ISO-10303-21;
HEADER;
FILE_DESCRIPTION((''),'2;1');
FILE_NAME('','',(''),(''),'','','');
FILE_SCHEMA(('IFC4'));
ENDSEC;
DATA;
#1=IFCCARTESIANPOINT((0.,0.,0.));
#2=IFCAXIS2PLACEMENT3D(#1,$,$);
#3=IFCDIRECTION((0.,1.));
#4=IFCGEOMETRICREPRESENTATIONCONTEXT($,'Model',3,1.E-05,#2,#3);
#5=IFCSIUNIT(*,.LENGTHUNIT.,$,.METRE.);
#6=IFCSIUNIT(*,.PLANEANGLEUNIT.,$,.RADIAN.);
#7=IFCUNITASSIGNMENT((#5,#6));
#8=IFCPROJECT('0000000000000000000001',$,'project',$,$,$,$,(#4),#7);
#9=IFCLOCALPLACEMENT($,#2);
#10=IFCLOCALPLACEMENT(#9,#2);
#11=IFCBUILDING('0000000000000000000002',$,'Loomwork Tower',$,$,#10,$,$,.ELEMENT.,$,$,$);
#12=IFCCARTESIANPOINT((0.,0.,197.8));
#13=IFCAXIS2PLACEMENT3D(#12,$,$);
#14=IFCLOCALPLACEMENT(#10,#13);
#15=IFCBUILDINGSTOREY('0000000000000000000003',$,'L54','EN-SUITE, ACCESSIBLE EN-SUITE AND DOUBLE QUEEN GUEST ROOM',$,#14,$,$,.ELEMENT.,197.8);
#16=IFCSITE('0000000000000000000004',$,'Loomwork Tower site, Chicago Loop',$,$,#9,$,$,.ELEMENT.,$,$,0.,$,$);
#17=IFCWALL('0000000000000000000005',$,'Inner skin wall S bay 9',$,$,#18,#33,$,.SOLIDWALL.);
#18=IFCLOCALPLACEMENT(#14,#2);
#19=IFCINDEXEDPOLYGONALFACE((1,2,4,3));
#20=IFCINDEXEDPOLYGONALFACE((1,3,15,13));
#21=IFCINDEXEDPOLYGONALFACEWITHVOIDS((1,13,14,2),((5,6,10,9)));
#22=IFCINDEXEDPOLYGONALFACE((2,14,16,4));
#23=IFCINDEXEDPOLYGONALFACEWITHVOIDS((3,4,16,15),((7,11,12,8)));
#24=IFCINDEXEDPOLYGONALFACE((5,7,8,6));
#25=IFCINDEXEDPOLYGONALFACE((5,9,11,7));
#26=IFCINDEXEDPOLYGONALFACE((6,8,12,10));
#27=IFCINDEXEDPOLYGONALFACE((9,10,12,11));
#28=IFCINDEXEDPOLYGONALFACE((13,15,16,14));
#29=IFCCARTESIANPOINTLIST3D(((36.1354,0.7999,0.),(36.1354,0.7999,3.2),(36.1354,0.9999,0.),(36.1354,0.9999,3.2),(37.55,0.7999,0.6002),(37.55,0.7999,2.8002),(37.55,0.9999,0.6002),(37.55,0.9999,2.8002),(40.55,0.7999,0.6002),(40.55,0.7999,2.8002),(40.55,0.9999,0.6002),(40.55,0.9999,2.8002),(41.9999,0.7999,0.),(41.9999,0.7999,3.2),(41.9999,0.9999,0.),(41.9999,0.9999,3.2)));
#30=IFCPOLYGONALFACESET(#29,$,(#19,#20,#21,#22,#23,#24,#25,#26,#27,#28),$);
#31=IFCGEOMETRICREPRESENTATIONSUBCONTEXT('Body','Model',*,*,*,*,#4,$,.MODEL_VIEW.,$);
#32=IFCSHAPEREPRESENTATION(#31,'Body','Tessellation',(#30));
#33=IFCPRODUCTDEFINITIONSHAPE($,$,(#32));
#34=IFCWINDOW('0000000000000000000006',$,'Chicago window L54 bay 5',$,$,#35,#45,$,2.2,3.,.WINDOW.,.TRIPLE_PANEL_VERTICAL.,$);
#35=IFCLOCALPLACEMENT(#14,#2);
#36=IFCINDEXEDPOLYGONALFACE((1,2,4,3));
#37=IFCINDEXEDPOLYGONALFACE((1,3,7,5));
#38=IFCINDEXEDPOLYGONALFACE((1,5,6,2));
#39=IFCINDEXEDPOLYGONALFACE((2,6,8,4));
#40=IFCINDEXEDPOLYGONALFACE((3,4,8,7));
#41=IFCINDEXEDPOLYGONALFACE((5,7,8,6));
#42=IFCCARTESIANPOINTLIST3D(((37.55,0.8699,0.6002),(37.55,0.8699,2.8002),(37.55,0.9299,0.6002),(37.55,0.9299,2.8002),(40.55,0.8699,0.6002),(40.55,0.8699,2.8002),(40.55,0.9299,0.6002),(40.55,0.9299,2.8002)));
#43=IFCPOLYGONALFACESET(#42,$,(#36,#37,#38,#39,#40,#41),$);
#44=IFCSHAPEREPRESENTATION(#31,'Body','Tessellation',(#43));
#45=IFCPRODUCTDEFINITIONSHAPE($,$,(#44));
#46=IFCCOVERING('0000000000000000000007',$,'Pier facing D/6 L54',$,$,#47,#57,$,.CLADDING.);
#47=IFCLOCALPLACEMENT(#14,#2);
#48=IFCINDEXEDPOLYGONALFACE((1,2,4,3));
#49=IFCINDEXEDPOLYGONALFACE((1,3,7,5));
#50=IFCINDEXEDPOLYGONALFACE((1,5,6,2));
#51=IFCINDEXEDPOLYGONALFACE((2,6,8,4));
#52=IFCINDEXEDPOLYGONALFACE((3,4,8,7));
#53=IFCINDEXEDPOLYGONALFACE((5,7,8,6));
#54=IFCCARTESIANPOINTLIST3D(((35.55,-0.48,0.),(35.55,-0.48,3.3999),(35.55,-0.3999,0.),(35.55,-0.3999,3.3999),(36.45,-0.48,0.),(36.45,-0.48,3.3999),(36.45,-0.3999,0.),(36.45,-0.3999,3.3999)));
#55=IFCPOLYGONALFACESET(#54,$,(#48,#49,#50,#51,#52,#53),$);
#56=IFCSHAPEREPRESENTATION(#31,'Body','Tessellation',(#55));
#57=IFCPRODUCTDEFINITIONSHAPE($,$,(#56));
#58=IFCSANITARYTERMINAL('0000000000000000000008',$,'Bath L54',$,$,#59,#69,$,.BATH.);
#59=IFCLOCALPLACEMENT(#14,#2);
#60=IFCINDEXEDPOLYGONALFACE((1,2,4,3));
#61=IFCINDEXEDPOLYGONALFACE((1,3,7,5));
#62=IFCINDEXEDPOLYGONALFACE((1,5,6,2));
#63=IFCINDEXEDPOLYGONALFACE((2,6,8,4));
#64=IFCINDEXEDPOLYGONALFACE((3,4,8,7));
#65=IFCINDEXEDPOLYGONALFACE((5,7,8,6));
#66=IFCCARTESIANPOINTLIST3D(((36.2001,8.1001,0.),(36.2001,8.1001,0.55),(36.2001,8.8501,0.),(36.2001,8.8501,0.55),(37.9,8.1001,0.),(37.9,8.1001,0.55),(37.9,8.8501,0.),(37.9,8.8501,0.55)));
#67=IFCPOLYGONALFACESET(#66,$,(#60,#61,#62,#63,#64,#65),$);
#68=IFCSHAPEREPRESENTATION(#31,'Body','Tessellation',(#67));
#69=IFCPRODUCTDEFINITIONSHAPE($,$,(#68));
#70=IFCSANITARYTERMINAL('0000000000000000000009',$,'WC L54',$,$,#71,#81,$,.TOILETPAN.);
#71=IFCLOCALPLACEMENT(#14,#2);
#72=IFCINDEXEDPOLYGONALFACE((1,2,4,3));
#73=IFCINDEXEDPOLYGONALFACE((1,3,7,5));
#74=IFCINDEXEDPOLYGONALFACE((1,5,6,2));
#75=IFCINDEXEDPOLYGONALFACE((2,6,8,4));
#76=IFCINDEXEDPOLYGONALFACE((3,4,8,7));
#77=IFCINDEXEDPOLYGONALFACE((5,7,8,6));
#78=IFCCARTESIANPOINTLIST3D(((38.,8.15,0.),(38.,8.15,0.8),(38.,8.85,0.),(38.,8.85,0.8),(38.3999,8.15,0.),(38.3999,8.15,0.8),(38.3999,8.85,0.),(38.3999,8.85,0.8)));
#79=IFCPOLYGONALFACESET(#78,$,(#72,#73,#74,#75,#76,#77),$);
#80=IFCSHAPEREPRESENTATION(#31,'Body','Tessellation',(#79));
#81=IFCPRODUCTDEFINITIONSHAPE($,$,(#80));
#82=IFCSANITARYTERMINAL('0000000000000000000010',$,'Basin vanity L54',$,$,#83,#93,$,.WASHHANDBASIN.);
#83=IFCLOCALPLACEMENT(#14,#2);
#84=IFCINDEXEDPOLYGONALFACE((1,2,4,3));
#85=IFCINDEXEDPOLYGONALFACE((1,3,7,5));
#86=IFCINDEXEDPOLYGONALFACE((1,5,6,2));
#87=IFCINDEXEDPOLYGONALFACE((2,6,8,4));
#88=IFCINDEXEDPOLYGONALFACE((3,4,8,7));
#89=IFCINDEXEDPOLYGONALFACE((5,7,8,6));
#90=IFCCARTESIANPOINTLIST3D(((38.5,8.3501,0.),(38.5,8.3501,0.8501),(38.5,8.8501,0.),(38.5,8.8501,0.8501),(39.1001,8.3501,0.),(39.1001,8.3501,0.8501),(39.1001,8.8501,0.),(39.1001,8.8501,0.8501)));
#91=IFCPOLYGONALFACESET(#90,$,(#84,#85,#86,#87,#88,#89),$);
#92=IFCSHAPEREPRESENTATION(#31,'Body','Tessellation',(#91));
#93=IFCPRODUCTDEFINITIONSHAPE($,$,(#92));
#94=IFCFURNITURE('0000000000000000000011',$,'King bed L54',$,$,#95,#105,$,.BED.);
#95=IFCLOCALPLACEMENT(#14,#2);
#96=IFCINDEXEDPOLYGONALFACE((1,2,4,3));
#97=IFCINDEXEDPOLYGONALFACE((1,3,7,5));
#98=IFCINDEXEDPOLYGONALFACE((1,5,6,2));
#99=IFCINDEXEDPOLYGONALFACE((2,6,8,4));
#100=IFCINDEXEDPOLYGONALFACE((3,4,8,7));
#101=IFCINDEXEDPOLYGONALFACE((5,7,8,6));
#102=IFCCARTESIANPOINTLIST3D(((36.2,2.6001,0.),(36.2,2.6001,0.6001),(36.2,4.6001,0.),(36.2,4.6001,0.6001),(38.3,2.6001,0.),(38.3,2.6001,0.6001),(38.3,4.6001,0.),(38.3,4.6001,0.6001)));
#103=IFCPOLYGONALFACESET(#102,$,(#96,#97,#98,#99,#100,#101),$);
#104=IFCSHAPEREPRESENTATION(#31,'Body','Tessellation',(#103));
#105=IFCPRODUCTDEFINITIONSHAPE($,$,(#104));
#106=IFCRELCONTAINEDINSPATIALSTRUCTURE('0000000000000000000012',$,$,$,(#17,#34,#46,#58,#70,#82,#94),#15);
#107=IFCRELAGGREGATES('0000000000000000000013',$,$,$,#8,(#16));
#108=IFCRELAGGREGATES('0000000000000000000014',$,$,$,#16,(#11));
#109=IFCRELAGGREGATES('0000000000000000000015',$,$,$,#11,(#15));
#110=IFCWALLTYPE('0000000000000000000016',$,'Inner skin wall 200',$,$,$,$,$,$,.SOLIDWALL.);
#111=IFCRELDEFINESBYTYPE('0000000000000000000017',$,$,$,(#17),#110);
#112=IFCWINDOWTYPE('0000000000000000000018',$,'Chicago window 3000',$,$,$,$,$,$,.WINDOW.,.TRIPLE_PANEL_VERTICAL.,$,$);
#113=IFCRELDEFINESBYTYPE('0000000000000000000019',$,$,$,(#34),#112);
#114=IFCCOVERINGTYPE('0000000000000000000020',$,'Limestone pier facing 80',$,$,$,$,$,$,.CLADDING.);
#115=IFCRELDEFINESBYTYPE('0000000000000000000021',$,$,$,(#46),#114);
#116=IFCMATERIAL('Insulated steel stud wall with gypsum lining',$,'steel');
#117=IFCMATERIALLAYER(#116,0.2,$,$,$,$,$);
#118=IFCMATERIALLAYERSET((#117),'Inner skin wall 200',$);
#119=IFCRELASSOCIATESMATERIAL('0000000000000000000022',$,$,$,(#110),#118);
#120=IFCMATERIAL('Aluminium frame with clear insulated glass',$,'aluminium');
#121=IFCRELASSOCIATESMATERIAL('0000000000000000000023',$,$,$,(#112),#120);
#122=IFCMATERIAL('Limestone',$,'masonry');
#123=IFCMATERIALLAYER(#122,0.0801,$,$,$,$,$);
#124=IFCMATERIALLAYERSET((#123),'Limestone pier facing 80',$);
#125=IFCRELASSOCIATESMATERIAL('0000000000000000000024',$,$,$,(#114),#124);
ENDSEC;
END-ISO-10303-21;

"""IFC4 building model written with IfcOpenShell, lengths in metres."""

from ifc_helpers import new_model, si_unit, direction, frame, frame_2d, origin, origin_2d, place, context, subcontext, project, spatial, rectangle, extrude, material, layer, layer_set, type_object, element, fill, save


model = new_model("IFC4")

# Units and contexts
model_context = context("Model", 3, precision=1e-05, world=origin(), true_north=direction((0.0, 1.0)))
body_context = subcontext(model_context, "Body", "Model", "MODEL_VIEW")
ifc_project = project(units=[si_unit("LENGTHUNIT", "METRE"), si_unit("PLANEANGLEUNIT", "RADIAN")], contexts=[model_context])

# Site, building, storey
site_placement = place(None, origin())
site = spatial("IfcSite", under=ifc_project, at=site_placement, Name="Loomwork Tower site, Chicago Loop", CompositionType="ELEMENT", RefElevation=0.0)
building_placement = place(site_placement, origin())
building = spatial("IfcBuilding", under=site, at=building_placement, Name="Loomwork Tower", CompositionType="ELEMENT")
storey_placement = place(building_placement, frame((0.0, 0.0, 197.8)))
storey = spatial("IfcBuildingStorey", under=building, at=storey_placement, Name="L54", Description="EN-SUITE, ACCESSIBLE EN-SUITE AND DOUBLE QUEEN GUEST ROOM", CompositionType="ELEMENT", Elevation=197.8)

# Shared definitions
ifc_material_1 = material(Name="Insulated steel stud wall with gypsum lining", Category="steel")
ifc_layer_1 = layer(ifc_material_1, 0.2)
ifc_layer_set_1 = layer_set([ifc_layer_1], Name="Inner skin wall 200")
wall_type_1 = type_object("IfcWallType", Name="Inner skin wall 200", PredefinedType="SOLIDWALL", material=ifc_layer_set_1)

# Wall, opening, window
wall_1_placement = place(storey_placement, frame((36.1355, 0.8999, 0.0), z_axis=(0.0, 0.0, 1.0), x_axis=(1.0, 0.0, 0.0)))
wall_1 = element("IfcWall", 1, at=wall_1_placement, inside=storey, type_object=wall_type_1, Name="Inner skin wall S bay 9", PredefinedType="SOLIDWALL", context=body_context, shape_type="SweptSolid", body=[
    extrude(rectangle(XDim=5.8645, YDim=0.2, at=frame_2d((2.9321, 0.0))), origin(), (0.0, 0.0, 1.0), 3.2),
])
opening_1_placement = place(wall_1_placement, frame((1.4146, 0.0, 0.6001)))
opening_1 = element("IfcOpeningElement", 2, at=opening_1_placement, cuts=wall_1, PredefinedType="OPENING", context=body_context, shape_type="SweptSolid", body=[
    extrude(rectangle(XDim=3.0, YDim=2.2, at=frame_2d((1.5, 1.1001))), frame((0.0, 0.1099, 0.0), z_axis=(0.0, -1.0, 0.0), x_axis=(1.0, 0.0, 0.0)), (0.0, 0.0, 1.0), 0.22),
])
ifc_material_2 = material(Name="Aluminium frame with clear insulated glass", Category="aluminium")
window_type = type_object("IfcWindowType", Name="Chicago window 3000", PartitioningType="TRIPLE_PANEL_VERTICAL", PredefinedType="WINDOW", material=ifc_material_2)
window_placement = place(opening_1_placement, origin())
window = element("IfcWindow", 3, at=window_placement, inside=storey, type_object=window_type, Name="Chicago window L54 bay 5", OverallHeight=2.2, OverallWidth=3.0, PartitioningType="TRIPLE_PANEL_VERTICAL", PredefinedType="WINDOW", context=body_context, shape_type="SweptSolid", body=[
    extrude(rectangle(XDim=3.0, YDim=2.2, at=frame_2d((1.5, 1.1001))), frame((0.0, 0.03, 0.0), z_axis=(0.0, -1.0, 0.0), x_axis=(1.0, 0.0, 0.0)), (0.0, 0.0, 1.0), 0.0601),
])
fill(opening_1, window)

# Covering
ifc_material_3 = material(Name="Limestone", Category="masonry")
ifc_layer_2 = layer(ifc_material_3, 0.0801)
ifc_layer_set_2 = layer_set([ifc_layer_2], Name="Limestone pier facing 80")
covering_type = type_object("IfcCoveringType", Name="Limestone pier facing 80", PredefinedType="CLADDING", material=ifc_layer_set_2)
covering_placement = place(storey_placement, frame((36.0, -0.4399, 0.0), z_axis=(0.0, 0.0, 1.0), x_axis=(1.0, 0.0, 0.0)))
element("IfcCovering", 4, at=covering_placement, inside=storey, type_object=covering_type, Name="Pier facing D/6 L54", PredefinedType="CLADDING", context=body_context, shape_type="SweptSolid", body=[
    extrude(rectangle(XDim=0.8999, YDim=0.0801, at=origin_2d()), origin(), (0.0, 0.0, 1.0), 3.3999),
])

# Sanitary terminals
sanitary_terminal_1_placement = place(storey_placement, frame((37.05, 8.4751, 0.0), z_axis=(0.0, 0.0, 1.0), x_axis=(1.0, 0.0, 0.0)))
element("IfcSanitaryTerminal", 5, at=sanitary_terminal_1_placement, inside=storey, Name="Bath L54", PredefinedType="BATH", context=body_context, shape_type="SweptSolid", body=[
    extrude(rectangle(XDim=1.7, YDim=0.75, at=origin_2d()), origin(), (0.0, 0.0, 1.0), 0.55),
])
sanitary_terminal_2_placement = place(storey_placement, frame((38.2, 8.5, 0.0), z_axis=(0.0, 0.0, 1.0), x_axis=(1.0, 0.0, 0.0)))
element("IfcSanitaryTerminal", 6, at=sanitary_terminal_2_placement, inside=storey, Name="WC L54", PredefinedType="TOILETPAN", context=body_context, shape_type="SweptSolid", body=[
    extrude(rectangle(XDim=0.3999, YDim=0.7, at=origin_2d()), origin(), (0.0, 0.0, 1.0), 0.8),
])
sanitary_terminal_3_placement = place(storey_placement, frame((38.8, 8.6001, 0.0), z_axis=(0.0, 0.0, 1.0), x_axis=(1.0, 0.0, 0.0)))
element("IfcSanitaryTerminal", 7, at=sanitary_terminal_3_placement, inside=storey, Name="Basin vanity L54", PredefinedType="WASHHANDBASIN", context=body_context, shape_type="SweptSolid", body=[
    extrude(rectangle(XDim=0.6001, YDim=0.5, at=origin_2d()), origin(), (0.0, 0.0, 1.0), 0.8501),
])

# Furniture
furniture_placement = place(storey_placement, frame((37.25, 3.6001, 0.0), z_axis=(0.0, 0.0, 1.0), x_axis=(1.0, 0.0, 0.0)))
element("IfcFurniture", 8, at=furniture_placement, inside=storey, Name="King bed L54", PredefinedType="BED", context=body_context, shape_type="SweptSolid", body=[
    extrude(rectangle(XDim=2.1001, YDim=2.0, at=origin_2d()), origin(), (0.0, 0.0, 1.0), 0.6001),
])

save(model, "model.ifc")
